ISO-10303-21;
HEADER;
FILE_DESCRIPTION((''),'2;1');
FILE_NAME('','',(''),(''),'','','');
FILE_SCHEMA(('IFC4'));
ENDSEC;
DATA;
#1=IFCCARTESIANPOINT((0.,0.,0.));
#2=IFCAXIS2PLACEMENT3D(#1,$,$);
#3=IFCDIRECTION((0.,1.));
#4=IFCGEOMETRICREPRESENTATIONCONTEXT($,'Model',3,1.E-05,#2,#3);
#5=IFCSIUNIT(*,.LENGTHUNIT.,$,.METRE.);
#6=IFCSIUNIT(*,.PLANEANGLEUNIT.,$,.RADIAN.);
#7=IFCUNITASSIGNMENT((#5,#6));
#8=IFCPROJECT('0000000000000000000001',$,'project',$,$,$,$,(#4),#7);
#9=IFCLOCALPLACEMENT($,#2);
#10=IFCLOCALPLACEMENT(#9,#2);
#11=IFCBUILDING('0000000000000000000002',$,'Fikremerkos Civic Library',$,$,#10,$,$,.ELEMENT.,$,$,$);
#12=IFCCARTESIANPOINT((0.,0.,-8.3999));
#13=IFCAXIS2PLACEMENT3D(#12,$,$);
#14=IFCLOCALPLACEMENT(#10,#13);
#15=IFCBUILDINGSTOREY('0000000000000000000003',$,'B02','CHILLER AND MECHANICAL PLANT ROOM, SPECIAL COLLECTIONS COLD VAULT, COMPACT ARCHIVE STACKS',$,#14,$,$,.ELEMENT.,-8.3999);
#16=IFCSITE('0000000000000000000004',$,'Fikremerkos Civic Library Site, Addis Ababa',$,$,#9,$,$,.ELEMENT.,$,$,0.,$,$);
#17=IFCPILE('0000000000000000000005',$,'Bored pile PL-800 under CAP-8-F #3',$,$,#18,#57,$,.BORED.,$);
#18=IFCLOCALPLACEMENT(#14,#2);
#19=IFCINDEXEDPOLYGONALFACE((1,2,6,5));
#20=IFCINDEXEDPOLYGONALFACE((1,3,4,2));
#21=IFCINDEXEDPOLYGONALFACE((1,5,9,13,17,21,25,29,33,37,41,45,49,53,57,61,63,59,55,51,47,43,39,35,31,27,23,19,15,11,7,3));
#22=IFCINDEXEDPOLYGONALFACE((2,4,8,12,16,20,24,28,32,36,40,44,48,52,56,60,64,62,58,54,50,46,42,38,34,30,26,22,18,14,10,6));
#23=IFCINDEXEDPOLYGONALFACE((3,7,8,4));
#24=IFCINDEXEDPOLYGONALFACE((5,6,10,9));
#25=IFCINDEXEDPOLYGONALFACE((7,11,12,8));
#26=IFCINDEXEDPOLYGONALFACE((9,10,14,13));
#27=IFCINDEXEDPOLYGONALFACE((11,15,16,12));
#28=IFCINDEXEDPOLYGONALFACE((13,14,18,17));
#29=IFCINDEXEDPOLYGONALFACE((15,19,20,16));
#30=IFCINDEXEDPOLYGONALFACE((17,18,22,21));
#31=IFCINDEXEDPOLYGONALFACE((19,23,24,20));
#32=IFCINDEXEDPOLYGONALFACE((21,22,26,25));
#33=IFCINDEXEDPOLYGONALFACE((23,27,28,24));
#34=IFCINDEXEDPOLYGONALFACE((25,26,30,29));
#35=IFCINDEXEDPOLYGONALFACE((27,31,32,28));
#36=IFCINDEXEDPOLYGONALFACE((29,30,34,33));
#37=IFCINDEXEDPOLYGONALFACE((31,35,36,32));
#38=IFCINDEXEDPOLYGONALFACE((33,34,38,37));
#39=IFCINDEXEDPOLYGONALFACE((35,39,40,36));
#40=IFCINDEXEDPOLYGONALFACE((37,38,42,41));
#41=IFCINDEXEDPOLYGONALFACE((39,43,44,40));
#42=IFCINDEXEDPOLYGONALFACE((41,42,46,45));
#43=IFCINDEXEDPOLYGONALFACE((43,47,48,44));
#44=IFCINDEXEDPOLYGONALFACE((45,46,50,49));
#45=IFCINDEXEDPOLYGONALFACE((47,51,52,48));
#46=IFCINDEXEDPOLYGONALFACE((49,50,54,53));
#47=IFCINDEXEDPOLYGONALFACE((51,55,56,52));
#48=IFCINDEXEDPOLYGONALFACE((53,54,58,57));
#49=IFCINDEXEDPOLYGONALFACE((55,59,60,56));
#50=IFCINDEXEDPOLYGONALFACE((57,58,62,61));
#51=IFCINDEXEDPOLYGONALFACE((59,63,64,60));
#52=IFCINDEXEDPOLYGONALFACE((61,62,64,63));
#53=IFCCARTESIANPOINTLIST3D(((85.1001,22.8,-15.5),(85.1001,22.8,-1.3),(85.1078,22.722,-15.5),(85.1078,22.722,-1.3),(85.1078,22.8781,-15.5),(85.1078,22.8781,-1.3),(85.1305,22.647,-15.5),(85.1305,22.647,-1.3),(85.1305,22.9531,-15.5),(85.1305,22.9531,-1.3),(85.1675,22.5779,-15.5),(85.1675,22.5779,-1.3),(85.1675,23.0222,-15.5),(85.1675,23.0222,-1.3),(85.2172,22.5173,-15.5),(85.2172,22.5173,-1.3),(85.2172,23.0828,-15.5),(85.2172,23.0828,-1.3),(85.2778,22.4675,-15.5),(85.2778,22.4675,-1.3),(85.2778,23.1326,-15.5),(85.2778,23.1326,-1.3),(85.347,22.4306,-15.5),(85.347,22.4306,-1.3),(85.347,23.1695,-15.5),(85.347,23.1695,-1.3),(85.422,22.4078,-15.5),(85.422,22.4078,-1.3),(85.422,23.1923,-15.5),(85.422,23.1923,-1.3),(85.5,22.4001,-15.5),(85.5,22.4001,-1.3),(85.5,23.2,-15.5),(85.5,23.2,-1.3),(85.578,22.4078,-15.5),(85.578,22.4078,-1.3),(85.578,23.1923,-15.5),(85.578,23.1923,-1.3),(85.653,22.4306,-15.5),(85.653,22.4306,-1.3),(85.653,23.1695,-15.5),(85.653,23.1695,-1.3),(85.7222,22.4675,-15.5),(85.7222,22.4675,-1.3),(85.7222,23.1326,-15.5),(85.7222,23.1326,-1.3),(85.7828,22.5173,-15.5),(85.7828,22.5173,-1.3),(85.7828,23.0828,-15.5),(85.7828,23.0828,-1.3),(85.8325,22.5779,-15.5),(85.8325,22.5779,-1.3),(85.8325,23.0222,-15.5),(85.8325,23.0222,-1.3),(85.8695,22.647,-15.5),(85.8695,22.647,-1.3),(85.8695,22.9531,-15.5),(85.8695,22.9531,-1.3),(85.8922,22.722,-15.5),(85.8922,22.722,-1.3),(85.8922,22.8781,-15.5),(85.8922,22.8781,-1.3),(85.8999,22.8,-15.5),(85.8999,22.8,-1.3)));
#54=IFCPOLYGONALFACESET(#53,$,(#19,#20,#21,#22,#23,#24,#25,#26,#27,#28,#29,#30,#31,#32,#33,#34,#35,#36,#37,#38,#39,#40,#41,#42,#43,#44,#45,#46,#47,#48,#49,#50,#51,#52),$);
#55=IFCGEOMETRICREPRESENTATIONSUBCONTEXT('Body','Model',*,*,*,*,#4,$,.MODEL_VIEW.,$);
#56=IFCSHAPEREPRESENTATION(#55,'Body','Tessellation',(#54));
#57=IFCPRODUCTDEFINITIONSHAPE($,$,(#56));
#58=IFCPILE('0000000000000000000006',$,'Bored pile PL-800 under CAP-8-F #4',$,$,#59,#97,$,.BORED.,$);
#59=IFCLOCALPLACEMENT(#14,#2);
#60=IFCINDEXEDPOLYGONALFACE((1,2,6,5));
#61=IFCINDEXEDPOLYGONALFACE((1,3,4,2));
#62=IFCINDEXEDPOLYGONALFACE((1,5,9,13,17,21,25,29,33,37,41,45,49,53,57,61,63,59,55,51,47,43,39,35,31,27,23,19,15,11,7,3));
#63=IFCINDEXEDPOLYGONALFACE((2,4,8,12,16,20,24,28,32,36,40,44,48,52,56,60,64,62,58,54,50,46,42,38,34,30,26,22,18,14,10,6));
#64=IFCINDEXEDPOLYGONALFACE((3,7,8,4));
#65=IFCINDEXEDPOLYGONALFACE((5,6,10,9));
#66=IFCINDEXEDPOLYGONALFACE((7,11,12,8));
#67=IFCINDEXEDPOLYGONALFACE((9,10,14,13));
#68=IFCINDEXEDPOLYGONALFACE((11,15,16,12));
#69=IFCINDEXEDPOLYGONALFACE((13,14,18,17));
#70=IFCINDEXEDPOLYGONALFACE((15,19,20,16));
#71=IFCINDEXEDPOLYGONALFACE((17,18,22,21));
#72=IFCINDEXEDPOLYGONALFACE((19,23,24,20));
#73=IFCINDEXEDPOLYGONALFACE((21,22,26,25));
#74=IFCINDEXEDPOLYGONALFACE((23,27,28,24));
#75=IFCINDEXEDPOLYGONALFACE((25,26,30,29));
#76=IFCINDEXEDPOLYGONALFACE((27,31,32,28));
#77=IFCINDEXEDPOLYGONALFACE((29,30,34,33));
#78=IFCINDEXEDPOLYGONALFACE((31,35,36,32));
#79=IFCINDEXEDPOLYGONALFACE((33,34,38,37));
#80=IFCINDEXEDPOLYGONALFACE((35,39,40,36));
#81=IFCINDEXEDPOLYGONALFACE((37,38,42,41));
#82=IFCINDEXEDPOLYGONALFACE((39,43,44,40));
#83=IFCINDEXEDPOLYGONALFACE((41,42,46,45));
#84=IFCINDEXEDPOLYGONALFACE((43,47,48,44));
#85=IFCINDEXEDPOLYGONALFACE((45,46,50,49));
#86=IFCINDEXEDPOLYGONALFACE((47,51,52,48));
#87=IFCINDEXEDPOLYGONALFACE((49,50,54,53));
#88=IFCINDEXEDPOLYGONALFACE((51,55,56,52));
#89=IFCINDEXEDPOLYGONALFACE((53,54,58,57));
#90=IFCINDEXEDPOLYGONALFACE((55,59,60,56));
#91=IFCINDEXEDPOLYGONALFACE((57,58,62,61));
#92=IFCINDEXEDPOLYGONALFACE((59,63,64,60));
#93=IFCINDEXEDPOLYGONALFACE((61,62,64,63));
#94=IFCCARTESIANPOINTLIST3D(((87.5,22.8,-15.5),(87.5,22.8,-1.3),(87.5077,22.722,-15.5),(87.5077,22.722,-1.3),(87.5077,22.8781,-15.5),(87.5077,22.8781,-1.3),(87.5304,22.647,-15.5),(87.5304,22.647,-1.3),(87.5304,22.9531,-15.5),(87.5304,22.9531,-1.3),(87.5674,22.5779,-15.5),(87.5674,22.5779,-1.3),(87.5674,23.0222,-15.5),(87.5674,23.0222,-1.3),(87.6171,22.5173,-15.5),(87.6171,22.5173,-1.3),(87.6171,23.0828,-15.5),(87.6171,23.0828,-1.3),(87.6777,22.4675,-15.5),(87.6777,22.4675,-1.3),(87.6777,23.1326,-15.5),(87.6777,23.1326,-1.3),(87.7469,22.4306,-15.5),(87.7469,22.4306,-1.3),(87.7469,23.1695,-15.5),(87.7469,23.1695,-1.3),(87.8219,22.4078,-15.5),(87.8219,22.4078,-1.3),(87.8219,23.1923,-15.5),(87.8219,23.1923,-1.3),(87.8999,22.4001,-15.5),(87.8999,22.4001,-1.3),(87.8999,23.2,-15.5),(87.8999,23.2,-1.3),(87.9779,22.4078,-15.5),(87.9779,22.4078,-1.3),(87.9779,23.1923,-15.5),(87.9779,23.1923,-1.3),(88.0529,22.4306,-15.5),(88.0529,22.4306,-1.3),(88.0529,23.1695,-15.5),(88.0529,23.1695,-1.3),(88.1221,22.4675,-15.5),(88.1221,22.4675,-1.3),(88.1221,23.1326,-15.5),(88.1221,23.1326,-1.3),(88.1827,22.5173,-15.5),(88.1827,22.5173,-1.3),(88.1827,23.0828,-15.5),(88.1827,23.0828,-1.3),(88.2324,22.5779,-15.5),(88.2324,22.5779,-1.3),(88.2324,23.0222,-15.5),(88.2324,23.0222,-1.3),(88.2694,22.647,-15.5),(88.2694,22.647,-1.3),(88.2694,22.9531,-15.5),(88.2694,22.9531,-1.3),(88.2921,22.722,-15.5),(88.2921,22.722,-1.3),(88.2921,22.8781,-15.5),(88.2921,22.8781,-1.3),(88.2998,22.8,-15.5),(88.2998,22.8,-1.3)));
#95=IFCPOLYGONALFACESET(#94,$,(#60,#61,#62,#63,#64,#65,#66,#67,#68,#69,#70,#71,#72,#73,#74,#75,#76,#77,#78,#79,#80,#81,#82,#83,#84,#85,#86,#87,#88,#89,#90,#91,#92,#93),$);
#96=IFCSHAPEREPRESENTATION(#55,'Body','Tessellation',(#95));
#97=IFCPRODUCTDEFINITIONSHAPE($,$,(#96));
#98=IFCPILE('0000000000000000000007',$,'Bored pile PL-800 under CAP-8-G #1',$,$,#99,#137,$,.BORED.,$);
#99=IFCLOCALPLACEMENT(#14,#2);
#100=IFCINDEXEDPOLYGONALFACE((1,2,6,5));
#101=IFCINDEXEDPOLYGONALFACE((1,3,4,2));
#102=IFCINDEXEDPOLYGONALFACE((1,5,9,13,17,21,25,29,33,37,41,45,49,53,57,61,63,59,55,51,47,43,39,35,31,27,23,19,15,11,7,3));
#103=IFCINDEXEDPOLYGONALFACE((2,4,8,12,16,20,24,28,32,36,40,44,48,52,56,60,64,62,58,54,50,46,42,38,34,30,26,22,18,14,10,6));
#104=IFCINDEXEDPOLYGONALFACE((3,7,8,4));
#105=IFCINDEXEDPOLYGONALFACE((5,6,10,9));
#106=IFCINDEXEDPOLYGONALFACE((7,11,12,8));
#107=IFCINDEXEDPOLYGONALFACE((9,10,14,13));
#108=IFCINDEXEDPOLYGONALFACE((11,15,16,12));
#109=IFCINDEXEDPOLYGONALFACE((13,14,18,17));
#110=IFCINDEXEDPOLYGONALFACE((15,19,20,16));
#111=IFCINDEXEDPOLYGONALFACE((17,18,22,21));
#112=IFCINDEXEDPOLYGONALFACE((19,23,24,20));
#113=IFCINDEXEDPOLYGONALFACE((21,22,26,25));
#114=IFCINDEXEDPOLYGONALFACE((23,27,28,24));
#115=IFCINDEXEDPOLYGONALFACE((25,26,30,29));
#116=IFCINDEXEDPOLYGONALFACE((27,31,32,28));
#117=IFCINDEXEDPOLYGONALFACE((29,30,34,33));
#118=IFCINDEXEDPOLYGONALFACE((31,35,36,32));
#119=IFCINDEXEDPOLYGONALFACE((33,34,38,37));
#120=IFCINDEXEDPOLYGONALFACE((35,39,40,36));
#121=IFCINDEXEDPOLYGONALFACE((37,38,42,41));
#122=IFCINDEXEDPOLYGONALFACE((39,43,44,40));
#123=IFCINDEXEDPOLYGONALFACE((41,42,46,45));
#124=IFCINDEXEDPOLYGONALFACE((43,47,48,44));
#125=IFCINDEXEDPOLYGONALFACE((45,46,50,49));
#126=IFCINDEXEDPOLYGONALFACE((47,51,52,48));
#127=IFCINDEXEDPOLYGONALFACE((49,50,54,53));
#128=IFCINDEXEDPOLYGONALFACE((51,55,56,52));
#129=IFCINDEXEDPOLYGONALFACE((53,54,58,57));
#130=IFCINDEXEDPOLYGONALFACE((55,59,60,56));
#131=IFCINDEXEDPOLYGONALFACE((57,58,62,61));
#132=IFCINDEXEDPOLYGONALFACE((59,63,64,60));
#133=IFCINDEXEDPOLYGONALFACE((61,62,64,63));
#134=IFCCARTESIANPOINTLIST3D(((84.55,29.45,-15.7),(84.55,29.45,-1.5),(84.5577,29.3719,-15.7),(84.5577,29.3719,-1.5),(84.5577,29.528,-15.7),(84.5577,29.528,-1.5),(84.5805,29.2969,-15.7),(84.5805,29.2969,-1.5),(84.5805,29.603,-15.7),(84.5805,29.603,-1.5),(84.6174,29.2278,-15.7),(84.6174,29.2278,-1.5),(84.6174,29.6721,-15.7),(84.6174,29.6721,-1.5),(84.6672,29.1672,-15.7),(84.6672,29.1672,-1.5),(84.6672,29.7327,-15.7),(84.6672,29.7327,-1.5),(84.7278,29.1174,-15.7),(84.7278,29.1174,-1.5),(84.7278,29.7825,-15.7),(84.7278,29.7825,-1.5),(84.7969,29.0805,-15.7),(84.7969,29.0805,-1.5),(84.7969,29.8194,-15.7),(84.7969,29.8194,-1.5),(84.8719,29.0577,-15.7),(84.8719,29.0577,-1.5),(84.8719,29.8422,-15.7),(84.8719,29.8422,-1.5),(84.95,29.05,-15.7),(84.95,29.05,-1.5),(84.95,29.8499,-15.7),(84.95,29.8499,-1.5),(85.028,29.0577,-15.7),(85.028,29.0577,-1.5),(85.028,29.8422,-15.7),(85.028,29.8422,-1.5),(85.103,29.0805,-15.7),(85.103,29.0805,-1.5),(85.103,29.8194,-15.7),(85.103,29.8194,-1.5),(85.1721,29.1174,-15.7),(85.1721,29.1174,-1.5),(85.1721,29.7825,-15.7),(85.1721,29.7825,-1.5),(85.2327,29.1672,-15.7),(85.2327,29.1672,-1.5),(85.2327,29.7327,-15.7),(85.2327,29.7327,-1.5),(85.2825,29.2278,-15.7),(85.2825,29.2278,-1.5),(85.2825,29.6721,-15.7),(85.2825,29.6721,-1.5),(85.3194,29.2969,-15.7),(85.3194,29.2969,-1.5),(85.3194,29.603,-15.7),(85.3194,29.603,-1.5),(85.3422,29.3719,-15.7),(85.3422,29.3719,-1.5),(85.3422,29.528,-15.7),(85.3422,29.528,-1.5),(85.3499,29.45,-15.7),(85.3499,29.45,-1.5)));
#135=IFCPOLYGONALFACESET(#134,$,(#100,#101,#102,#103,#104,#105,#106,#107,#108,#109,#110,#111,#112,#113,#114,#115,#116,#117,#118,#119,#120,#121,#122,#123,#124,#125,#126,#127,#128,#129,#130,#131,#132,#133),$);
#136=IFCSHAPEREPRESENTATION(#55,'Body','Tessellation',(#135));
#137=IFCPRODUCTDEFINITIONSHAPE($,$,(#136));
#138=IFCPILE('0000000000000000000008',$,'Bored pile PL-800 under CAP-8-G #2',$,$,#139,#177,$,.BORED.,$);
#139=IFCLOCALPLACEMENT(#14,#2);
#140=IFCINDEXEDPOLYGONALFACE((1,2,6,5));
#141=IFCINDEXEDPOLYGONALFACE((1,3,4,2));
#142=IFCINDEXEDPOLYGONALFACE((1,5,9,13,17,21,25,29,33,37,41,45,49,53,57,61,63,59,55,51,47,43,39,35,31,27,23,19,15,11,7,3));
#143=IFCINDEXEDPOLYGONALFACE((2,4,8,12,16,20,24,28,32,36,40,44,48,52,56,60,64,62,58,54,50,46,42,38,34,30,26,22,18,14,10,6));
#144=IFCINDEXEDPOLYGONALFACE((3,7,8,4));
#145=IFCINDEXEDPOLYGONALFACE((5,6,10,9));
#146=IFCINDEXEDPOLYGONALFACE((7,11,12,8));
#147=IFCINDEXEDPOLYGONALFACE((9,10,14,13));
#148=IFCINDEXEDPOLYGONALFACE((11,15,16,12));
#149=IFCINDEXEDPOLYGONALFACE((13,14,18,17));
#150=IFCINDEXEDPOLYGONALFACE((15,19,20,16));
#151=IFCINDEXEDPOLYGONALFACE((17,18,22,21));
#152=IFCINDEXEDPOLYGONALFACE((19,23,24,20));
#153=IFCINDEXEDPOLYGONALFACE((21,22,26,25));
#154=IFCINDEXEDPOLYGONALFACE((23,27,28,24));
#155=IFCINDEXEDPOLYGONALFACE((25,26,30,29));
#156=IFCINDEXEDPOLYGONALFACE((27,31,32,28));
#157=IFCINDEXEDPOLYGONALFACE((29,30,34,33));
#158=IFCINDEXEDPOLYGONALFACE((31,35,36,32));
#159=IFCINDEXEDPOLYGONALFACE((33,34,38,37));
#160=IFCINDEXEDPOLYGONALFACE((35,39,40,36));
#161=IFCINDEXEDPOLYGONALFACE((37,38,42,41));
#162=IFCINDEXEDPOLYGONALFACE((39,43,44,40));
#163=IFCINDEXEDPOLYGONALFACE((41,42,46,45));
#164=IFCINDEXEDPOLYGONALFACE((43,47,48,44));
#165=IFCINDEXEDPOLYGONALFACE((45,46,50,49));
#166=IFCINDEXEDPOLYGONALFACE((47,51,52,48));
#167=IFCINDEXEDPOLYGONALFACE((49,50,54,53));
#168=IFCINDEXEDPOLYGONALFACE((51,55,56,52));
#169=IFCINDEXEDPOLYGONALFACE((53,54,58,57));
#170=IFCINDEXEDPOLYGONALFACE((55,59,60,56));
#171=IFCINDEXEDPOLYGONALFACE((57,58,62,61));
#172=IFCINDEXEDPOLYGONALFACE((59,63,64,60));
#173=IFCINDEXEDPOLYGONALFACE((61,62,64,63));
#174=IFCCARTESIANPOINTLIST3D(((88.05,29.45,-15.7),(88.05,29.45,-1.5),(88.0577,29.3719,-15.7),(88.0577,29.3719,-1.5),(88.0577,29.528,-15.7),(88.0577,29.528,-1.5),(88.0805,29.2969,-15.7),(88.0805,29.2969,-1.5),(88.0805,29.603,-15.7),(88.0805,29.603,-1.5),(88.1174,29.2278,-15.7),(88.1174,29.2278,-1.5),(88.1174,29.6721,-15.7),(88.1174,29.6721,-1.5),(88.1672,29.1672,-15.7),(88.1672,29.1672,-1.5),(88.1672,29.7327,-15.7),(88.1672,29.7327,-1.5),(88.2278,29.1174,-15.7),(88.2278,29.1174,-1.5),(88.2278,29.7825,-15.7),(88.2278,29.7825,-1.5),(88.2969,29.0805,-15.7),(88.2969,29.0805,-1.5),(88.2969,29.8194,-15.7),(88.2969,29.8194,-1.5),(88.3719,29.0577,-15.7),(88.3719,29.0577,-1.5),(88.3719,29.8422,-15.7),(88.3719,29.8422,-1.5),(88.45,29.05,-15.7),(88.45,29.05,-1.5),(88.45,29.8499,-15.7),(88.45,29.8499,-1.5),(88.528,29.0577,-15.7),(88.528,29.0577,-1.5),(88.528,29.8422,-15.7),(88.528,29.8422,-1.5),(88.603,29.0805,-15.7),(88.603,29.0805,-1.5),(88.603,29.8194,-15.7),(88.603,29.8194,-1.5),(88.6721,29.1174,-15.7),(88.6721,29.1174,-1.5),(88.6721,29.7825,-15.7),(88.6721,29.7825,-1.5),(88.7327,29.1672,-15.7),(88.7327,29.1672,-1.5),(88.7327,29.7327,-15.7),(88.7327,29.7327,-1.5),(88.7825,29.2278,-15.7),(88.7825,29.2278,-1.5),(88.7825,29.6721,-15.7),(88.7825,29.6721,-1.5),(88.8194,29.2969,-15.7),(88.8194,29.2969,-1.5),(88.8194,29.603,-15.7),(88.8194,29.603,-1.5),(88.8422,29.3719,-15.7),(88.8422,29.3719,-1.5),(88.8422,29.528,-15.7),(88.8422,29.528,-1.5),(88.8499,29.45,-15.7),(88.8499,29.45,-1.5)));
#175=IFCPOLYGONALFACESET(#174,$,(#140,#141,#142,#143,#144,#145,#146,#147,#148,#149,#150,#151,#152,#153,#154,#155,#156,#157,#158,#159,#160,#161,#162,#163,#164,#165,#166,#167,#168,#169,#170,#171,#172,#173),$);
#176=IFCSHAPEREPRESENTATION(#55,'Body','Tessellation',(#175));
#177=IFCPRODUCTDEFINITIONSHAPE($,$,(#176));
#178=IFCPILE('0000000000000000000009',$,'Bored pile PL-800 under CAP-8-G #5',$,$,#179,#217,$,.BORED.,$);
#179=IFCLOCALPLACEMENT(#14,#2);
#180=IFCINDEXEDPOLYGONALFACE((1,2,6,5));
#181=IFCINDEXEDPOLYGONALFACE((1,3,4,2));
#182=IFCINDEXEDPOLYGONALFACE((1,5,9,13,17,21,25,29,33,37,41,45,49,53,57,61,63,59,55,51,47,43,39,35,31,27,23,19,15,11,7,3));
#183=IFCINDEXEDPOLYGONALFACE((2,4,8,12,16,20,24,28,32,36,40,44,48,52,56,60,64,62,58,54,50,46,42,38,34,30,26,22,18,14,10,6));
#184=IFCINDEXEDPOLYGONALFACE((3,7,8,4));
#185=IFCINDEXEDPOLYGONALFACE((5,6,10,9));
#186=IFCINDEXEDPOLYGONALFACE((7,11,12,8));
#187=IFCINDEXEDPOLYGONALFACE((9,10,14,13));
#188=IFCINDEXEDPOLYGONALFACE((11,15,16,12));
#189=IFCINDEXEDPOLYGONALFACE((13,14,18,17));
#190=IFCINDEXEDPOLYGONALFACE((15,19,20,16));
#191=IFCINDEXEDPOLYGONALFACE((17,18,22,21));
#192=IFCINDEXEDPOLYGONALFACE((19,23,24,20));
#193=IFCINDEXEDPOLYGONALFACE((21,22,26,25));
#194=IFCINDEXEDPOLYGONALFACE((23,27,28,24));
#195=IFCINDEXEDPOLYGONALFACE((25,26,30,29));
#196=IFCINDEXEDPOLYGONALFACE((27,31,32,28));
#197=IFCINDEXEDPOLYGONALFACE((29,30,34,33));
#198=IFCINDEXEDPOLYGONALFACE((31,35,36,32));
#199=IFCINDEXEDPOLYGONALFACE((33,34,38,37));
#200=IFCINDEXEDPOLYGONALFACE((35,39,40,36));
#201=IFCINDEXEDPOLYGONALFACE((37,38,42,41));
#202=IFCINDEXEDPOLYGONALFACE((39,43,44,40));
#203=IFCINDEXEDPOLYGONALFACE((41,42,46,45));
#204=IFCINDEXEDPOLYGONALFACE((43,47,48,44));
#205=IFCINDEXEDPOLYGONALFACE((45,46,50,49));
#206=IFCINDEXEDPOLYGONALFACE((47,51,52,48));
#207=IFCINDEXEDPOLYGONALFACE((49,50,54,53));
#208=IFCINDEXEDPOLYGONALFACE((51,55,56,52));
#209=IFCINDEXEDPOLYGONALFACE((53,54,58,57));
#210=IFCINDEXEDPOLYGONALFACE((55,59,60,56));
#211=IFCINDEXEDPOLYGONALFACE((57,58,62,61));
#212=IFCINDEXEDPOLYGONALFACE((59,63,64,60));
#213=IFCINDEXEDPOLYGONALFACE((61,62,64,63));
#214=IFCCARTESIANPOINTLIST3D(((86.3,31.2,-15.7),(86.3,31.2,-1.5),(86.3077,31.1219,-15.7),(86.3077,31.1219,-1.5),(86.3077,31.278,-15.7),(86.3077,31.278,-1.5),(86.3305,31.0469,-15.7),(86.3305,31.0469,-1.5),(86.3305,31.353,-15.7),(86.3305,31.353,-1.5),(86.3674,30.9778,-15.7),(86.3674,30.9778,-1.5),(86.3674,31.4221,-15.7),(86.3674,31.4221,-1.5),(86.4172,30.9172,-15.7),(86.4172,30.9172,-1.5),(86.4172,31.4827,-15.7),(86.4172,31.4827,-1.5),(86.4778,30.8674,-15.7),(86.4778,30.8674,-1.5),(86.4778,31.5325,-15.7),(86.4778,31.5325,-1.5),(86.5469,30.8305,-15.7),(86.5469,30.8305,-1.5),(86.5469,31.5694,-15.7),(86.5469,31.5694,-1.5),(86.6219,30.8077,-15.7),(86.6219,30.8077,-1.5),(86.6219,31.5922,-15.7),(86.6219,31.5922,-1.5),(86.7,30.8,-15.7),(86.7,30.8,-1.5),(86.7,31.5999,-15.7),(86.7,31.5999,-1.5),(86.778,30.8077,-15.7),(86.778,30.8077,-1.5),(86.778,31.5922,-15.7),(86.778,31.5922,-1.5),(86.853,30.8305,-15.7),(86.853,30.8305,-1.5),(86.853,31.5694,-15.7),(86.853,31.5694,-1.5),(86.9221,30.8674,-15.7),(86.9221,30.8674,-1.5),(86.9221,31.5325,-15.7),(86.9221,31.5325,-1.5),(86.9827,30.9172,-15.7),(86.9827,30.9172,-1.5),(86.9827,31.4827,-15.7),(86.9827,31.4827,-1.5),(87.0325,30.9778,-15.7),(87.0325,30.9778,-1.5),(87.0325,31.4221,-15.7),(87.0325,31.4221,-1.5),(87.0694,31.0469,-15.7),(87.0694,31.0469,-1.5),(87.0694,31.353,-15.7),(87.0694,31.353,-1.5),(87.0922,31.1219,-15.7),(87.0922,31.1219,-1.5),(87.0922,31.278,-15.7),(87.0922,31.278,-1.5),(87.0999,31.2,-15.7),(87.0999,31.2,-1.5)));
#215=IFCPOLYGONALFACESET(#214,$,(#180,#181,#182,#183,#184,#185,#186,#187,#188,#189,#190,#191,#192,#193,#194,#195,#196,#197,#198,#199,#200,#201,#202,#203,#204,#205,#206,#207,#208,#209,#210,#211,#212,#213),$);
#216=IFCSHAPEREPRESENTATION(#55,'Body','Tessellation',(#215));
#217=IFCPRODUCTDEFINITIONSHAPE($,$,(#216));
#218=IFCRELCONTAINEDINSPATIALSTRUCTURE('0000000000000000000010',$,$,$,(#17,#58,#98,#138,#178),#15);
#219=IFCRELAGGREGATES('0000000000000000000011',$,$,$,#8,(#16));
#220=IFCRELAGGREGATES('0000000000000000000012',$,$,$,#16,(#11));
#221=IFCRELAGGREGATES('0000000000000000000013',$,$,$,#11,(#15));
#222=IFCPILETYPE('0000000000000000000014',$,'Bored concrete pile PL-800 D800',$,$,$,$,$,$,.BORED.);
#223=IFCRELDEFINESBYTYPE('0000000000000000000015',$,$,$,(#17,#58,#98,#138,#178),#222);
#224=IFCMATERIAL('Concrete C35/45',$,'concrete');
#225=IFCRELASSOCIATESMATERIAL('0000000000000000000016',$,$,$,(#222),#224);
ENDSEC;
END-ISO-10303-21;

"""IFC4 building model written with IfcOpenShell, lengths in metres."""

from ifc_helpers import new_model, si_unit, direction, frame, origin, origin_2d, place, context, subcontext, project, spatial, circle, extrude, material, material_profile, profile_set, type_object, element, save


model = new_model("IFC4")

# Units and contexts
model_context = context("Model", 3, precision=1e-05, world=origin(), true_north=direction((0.0, 1.0)))
body_context = subcontext(model_context, "Body", "Model", "MODEL_VIEW")
ifc_project = project(units=[si_unit("LENGTHUNIT", "METRE"), si_unit("PLANEANGLEUNIT", "RADIAN")], contexts=[model_context])

# Site, building, storey
site_placement = place(None, origin())
site = spatial("IfcSite", under=ifc_project, at=site_placement, Name="Fikremerkos Civic Library Site, Addis Ababa", CompositionType="ELEMENT", RefElevation=0.0)
building_placement = place(site_placement, origin())
building = spatial("IfcBuilding", under=site, at=building_placement, Name="Fikremerkos Civic Library", CompositionType="ELEMENT")
storey_placement = place(building_placement, frame((0.0, 0.0, -8.3999)))
storey = spatial("IfcBuildingStorey", under=building, at=storey_placement, Name="B02", Description="CHILLER AND MECHANICAL PLANT ROOM, SPECIAL COLLECTIONS COLD VAULT, COMPACT ARCHIVE STACKS", CompositionType="ELEMENT", Elevation=-8.3999)

# Piles
ifc_material_1 = material(Name="Concrete C35/45", Category="concrete")
ifc_material_profile_1 = material_profile(ifc_material_1, circle(Radius=0.3999, at=origin_2d()), Name="BORED PILE 800")
ifc_profile_set_1 = profile_set([ifc_material_profile_1], Name="Concrete C35/45")
pile_type = type_object("IfcPileType", Name="Bored concrete pile PL-800 D800", PredefinedType="BORED", material=ifc_profile_set_1)
for number, where, z_axis, x_axis, name in (
    (1, (85.5, 22.8, -1.3), (0.0, 0.0, -1.0), (1.0, 0.0, 0.0), "Bored pile PL-800 under CAP-8-F #3"),
    (2, (87.8999, 22.8, -1.3), (0.0, 0.0, -1.0), (1.0, 0.0, 0.0), "Bored pile PL-800 under CAP-8-F #4"),
    (3, (84.95, 29.45, -1.5), (0.0, 0.0, -1.0), (1.0, 0.0, 0.0), "Bored pile PL-800 under CAP-8-G #1"),
    (4, (88.45, 29.45, -1.5), (0.0, 0.0, -1.0), (1.0, 0.0, 0.0), "Bored pile PL-800 under CAP-8-G #2"),
    (5, (86.7, 31.2, -1.5), (0.0, 0.0, -1.0), (1.0, 0.0, 0.0), "Bored pile PL-800 under CAP-8-G #5"),
):
    element("IfcPile", number, at=place(storey_placement, frame(where, z_axis=z_axis, x_axis=x_axis)), inside=storey, type_object=pile_type, Name=name, PredefinedType="BORED", context=body_context, shape_type="SweptSolid", body=[
        extrude(circle(Radius=0.3999, at=origin_2d()), origin(), (0.0, 0.0, 1.0), 14.2),
    ])

save(model, "model.ifc")
